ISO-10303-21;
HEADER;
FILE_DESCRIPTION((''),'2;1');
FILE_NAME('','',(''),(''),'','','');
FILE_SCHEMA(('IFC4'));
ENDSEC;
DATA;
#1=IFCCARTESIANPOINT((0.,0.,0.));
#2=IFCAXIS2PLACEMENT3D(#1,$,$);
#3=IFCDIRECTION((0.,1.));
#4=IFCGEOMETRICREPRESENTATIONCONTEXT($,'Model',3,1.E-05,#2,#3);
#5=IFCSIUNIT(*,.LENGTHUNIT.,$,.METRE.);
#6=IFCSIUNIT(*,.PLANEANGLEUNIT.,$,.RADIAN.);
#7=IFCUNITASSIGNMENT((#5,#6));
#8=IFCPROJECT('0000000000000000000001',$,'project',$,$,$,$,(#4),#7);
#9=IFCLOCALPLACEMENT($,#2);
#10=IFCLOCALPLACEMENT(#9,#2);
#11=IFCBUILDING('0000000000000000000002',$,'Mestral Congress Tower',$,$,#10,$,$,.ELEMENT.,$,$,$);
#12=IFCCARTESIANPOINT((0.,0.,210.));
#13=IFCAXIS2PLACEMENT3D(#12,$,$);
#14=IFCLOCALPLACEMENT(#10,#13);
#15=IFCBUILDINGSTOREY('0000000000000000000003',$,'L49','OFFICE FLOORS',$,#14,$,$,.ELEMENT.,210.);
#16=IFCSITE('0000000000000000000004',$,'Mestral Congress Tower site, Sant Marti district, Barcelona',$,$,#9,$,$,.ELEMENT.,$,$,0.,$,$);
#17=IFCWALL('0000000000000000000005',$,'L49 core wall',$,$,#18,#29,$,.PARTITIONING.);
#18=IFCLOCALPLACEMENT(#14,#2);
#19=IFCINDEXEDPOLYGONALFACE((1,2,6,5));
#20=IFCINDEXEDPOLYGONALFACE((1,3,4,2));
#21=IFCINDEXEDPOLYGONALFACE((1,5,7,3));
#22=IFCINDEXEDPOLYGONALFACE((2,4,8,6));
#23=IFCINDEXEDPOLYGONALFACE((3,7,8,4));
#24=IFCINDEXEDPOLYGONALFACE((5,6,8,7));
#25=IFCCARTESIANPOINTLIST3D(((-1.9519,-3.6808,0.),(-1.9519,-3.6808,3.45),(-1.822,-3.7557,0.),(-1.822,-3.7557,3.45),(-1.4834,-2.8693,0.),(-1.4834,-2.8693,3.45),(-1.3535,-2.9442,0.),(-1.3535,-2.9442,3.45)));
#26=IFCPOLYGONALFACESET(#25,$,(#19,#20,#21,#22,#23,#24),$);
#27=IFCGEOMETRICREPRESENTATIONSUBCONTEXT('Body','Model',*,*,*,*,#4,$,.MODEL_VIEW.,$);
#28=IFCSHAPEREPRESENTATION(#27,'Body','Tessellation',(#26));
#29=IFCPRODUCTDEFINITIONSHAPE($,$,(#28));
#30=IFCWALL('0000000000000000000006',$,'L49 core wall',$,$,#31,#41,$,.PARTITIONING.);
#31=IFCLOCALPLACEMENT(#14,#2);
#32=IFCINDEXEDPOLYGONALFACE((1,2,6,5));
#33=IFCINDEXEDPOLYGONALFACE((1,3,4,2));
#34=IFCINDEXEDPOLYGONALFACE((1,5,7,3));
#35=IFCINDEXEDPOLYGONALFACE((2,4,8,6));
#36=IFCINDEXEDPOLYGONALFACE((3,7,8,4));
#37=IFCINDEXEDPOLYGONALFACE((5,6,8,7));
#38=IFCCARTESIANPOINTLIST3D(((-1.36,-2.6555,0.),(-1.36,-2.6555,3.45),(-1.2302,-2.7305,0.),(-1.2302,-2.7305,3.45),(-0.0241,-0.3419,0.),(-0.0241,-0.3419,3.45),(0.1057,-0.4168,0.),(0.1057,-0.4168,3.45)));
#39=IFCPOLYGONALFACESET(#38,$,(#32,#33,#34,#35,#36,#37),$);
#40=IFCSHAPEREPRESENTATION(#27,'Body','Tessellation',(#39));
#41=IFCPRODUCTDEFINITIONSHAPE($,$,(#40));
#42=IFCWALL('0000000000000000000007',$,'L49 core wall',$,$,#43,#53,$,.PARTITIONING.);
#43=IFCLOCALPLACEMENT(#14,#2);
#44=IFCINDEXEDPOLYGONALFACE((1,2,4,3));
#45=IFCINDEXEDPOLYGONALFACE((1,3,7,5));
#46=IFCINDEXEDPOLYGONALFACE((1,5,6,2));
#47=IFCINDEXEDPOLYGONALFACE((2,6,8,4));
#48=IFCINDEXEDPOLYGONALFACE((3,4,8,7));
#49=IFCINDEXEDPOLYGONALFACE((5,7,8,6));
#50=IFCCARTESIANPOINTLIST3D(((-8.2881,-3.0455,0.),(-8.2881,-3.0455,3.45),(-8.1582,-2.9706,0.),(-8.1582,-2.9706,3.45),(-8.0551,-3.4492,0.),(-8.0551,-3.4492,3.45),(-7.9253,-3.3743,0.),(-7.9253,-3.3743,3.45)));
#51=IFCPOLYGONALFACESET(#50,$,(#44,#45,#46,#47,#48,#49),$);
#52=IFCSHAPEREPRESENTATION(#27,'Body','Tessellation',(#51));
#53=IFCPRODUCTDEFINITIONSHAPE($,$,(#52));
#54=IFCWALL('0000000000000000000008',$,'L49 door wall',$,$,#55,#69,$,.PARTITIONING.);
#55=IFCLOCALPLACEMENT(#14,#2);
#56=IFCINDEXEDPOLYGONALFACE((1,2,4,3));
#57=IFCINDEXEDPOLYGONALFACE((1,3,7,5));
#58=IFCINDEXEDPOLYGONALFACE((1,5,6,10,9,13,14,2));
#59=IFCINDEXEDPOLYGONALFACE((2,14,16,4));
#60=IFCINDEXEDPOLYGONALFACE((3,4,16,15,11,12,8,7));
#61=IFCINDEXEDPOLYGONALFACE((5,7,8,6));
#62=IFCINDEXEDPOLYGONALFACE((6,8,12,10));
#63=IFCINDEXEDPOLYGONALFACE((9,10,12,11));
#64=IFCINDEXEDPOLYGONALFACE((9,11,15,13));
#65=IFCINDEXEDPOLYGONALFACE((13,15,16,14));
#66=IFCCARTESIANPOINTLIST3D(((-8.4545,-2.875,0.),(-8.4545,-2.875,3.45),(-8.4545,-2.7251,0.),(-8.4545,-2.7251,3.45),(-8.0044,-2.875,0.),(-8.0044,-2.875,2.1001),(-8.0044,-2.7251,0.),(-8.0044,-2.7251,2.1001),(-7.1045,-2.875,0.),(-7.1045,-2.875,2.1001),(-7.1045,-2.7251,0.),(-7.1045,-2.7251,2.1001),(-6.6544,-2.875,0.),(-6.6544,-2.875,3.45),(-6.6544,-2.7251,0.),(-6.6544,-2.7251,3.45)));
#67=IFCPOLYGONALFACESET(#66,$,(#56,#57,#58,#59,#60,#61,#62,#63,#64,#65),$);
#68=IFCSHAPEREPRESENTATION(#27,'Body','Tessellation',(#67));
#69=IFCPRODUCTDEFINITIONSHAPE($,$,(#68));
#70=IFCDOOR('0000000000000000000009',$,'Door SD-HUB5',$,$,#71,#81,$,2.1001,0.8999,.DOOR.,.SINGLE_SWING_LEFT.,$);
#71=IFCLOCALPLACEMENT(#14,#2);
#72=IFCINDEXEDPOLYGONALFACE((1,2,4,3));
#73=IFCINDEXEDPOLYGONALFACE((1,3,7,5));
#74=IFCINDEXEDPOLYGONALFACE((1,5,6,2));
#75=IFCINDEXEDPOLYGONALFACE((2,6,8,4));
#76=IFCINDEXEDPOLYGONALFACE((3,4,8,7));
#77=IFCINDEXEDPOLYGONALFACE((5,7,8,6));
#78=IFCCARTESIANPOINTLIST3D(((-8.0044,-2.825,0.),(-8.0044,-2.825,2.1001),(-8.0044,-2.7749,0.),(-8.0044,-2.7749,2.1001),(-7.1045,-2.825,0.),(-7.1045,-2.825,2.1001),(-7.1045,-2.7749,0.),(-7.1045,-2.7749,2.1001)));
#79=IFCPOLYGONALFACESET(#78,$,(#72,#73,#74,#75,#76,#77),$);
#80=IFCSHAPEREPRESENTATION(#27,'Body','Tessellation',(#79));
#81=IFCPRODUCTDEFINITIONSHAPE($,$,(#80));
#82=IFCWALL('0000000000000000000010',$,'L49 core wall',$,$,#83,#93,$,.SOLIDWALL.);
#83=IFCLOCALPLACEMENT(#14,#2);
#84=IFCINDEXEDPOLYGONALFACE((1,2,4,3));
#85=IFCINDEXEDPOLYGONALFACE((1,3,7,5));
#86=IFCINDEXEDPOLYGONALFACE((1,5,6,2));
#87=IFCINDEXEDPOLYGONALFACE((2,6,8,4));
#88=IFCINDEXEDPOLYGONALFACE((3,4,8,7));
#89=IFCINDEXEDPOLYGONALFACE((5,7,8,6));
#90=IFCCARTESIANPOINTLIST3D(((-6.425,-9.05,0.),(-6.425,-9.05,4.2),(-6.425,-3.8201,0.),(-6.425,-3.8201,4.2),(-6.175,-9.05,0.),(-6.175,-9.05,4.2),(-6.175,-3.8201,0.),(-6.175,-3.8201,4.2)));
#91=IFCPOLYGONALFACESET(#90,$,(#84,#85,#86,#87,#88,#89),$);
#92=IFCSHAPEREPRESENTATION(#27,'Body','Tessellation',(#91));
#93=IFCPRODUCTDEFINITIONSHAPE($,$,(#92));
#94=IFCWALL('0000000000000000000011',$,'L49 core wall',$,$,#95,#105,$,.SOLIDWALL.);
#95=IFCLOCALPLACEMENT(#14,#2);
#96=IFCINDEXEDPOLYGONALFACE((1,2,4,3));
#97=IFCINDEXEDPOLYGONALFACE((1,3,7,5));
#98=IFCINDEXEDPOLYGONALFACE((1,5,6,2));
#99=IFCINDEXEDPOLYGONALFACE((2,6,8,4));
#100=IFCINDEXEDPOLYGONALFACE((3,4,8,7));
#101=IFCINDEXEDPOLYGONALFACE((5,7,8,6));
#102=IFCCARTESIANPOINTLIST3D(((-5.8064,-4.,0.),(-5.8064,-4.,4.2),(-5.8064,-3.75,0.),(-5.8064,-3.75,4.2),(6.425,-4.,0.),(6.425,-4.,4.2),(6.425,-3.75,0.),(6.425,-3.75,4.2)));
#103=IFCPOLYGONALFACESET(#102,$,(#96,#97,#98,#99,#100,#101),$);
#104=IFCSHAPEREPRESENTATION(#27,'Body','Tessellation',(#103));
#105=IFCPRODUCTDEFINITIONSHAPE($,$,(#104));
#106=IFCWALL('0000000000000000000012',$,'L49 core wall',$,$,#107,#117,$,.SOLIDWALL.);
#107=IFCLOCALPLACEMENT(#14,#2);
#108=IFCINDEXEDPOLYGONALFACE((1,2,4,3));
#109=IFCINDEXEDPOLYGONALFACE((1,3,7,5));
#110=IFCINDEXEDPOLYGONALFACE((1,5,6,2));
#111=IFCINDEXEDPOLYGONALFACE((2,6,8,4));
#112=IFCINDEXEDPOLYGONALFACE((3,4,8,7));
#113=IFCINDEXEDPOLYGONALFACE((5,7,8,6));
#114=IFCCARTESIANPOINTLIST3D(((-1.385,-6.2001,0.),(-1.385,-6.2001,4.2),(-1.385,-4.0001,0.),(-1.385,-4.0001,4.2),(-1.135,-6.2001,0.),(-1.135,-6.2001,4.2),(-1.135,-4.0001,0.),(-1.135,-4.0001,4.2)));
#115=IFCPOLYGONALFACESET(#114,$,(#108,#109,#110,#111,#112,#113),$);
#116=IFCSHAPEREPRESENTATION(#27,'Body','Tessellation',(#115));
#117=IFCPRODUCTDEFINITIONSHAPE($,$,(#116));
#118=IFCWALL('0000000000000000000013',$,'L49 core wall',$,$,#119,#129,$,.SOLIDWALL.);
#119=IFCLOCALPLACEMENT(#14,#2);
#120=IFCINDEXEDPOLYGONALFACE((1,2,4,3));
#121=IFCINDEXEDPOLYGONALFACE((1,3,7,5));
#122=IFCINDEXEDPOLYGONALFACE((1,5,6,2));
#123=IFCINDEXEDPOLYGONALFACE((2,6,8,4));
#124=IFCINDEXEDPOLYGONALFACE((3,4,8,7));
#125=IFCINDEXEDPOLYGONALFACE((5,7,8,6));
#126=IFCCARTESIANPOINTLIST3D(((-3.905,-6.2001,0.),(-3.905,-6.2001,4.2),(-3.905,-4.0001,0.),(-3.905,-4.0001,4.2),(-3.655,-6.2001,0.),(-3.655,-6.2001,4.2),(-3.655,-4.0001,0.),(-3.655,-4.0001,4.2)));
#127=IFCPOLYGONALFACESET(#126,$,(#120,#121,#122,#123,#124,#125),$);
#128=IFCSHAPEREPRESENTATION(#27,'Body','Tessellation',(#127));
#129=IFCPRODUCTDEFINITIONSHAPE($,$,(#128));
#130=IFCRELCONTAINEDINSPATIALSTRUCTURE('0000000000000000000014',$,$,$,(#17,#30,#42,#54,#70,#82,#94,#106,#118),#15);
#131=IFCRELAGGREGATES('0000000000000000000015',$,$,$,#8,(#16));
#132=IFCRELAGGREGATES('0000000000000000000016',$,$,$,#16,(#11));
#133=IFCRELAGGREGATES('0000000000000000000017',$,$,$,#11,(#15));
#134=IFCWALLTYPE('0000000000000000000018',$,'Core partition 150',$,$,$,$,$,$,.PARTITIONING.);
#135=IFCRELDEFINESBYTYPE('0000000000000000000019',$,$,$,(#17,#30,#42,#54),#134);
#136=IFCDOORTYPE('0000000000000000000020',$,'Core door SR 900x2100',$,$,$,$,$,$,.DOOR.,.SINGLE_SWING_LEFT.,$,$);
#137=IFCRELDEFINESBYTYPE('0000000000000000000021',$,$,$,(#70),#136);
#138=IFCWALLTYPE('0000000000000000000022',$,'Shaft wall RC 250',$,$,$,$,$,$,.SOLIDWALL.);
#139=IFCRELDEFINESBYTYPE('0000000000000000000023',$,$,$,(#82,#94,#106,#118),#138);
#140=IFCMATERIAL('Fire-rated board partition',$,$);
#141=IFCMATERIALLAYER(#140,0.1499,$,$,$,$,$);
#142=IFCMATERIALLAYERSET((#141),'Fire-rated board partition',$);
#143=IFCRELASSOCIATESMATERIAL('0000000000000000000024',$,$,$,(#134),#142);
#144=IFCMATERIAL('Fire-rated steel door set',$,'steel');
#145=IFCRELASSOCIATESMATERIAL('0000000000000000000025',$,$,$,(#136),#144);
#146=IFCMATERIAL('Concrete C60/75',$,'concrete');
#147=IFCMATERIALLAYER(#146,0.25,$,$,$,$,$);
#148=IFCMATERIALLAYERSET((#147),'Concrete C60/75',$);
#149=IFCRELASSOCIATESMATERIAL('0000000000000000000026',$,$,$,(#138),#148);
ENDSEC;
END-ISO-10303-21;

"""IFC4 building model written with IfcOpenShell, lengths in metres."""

from ifc_helpers import new_model, si_unit, direction, frame, frame_2d, origin, place, context, subcontext, project, spatial, rectangle, extrude, material, layer, layer_set, type_object, element, fill, save


model = new_model("IFC4")

# Units and contexts
model_context = context("Model", 3, precision=1e-05, world=origin(), true_north=direction((0.0, 1.0)))
body_context = subcontext(model_context, "Body", "Model", "MODEL_VIEW")
ifc_project = project(units=[si_unit("LENGTHUNIT", "METRE"), si_unit("PLANEANGLEUNIT", "RADIAN")], contexts=[model_context])

# Site, building, storey
site_placement = place(None, origin())
site = spatial("IfcSite", under=ifc_project, at=site_placement, Name="Mestral Congress Tower site, Sant Marti district, Barcelona", CompositionType="ELEMENT", RefElevation=0.0)
building_placement = place(site_placement, origin())
building = spatial("IfcBuilding", under=site, at=building_placement, Name="Mestral Congress Tower", CompositionType="ELEMENT")
storey_placement = place(building_placement, frame((0.0, 0.0, 210.0)))
storey = spatial("IfcBuildingStorey", under=building, at=storey_placement, Name="L49", Description="OFFICE FLOORS", CompositionType="ELEMENT", Elevation=210.0)

# Walls
ifc_material_1 = material(Name="Fire-rated board partition")
ifc_layer_1 = layer(ifc_material_1, 0.1499)
ifc_layer_set_1 = layer_set([ifc_layer_1], Name="Fire-rated board partition")
wall_type_1 = type_object("IfcWallType", Name="Core partition 150", PredefinedType="PARTITIONING", material=ifc_layer_set_1)
wall_1_placement = place(storey_placement, frame((-1.4185, -2.9067, 0.0), z_axis=(0.0, 0.0, 1.0), x_axis=(-0.499978, -0.866038, 0.0)))
element("IfcWall", 1, at=wall_1_placement, inside=storey, type_object=wall_type_1, Name="L49 core wall", PredefinedType="PARTITIONING", context=body_context, shape_type="SweptSolid", body=[
    extrude(rectangle(XDim=0.937, YDim=0.1499, at=frame_2d((0.4685, 0.0))), origin(), (0.0, 0.0, 1.0), 3.45),
])
wall_2_placement = place(storey_placement, frame((-1.2952, -2.6931, 0.0), z_axis=(0.0, 0.0, 1.0), x_axis=(0.500031, 0.866008, 0.0)))
element("IfcWall", 2, at=wall_2_placement, inside=storey, type_object=wall_type_1, Name="L49 core wall", PredefinedType="PARTITIONING", context=body_context, shape_type="SweptSolid", body=[
    extrude(rectangle(XDim=2.6716, YDim=0.1499, at=frame_2d((1.3359, 0.0))), origin(), (0.0, 0.0, 1.0), 3.45),
])
wall_3_placement = place(storey_placement, frame((-7.9902, -3.4116, 0.0), z_axis=(0.0, 0.0, 1.0), x_axis=(-0.499859, 0.866107, 0.0)))
element("IfcWall", 3, at=wall_3_placement, inside=storey, type_object=wall_type_1, Name="L49 core wall", PredefinedType="PARTITIONING", context=body_context, shape_type="SweptSolid", body=[
    extrude(rectangle(XDim=0.4661, YDim=0.1499, at=frame_2d((0.2329, 0.0))), origin(), (0.0, 0.0, 1.0), 3.45),
])

# Wall, opening, door
wall_4_placement = place(storey_placement, frame((-6.6545, -2.8, 0.0), z_axis=(0.0, 0.0, 1.0), x_axis=(-1.0, 0.0, 0.0)))
wall_4 = element("IfcWall", 4, at=wall_4_placement, inside=storey, type_object=wall_type_1, Name="L49 door wall", PredefinedType="PARTITIONING", context=body_context, shape_type="SweptSolid", body=[
    extrude(rectangle(XDim=1.8, YDim=0.1499, at=frame_2d((0.8999, 0.0))), origin(), (0.0, 0.0, 1.0), 3.45),
])
opening_1_placement = place(wall_4_placement, frame((0.45, 0.0, 0.0)))
opening_1 = element("IfcOpeningElement", 5, at=opening_1_placement, cuts=wall_4, PredefinedType="OPENING", context=body_context, shape_type="SweptSolid", body=[
    extrude(rectangle(XDim=0.8999, YDim=2.1001, at=frame_2d((0.45, 1.05))), frame((0.0, 0.085, 0.0), z_axis=(0.0, -1.0, 0.0), x_axis=(1.0, 0.0, 0.0)), (0.0, 0.0, 1.0), 0.1699),
])
ifc_material_2 = material(Name="Fire-rated steel door set", Category="steel")
door_type_1 = type_object("IfcDoorType", Name="Core door SR 900x2100", OperationType="SINGLE_SWING_LEFT", PredefinedType="DOOR", material=ifc_material_2)
door_1_placement = place(opening_1_placement, origin())
door_1 = element("IfcDoor", 6, at=door_1_placement, inside=storey, type_object=door_type_1, Name="Door SD-HUB5", OperationType="SINGLE_SWING_LEFT", OverallHeight=2.1001, OverallWidth=0.8999, PredefinedType="DOOR", context=body_context, shape_type="SweptSolid", body=[
    extrude(rectangle(XDim=0.8999, YDim=2.1001, at=frame_2d((0.45, 1.05))), frame((0.0, 0.0249, 0.0), z_axis=(0.0, -1.0, 0.0), x_axis=(1.0, 0.0, 0.0)), (0.0, 0.0, 1.0), 0.05),
])
fill(opening_1, door_1)

# Walls
ifc_material_3 = material(Name="Concrete C60/75", Category="concrete")
ifc_layer_2 = layer(ifc_material_3, 0.25)
ifc_layer_set_2 = layer_set([ifc_layer_2], Name="Concrete C60/75")
wall_type_2 = type_object("IfcWallType", Name="Shaft wall RC 250", PredefinedType="SOLIDWALL", material=ifc_layer_set_2)
wall_5_placement = place(storey_placement, frame((-6.3, -9.05, 0.0), z_axis=(0.0, 0.0, 1.0), x_axis=(0.0, 1.0, 0.0)))
element("IfcWall", 7, at=wall_5_placement, inside=storey, type_object=wall_type_2, Name="L49 core wall", PredefinedType="SOLIDWALL", context=body_context, shape_type="SweptSolid", body=[
    extrude(rectangle(XDim=5.23, YDim=0.25, at=frame_2d((2.615, 0.0))), origin(), (0.0, 0.0, 1.0), 4.2),
])
wall_6_placement = place(storey_placement, frame((-5.8064, -3.875, 0.0), z_axis=(0.0, 0.0, 1.0), x_axis=(1.0, 0.0, 0.0)))
element("IfcWall", 8, at=wall_6_placement, inside=storey, type_object=wall_type_2, Name="L49 core wall", PredefinedType="SOLIDWALL", context=body_context, shape_type="SweptSolid", body=[
    extrude(rectangle(XDim=12.2314, YDim=0.25, at=frame_2d((6.1157, 0.0))), origin(), (0.0, 0.0, 1.0), 4.2),
])
for number, where, z_axis, x_axis, name in (
    (9, (-1.26, -4.0, 0.0), (0.0, 0.0, 1.0), (0.0, -1.0, 0.0), "L49 core wall"),
    (10, (-3.78, -4.0, 0.0), (0.0, 0.0, 1.0), (0.0, -1.0, 0.0), "L49 core wall"),
):
    element("IfcWall", number, at=place(storey_placement, frame(where, z_axis=z_axis, x_axis=x_axis)), inside=storey, type_object=wall_type_2, Name=name, PredefinedType="SOLIDWALL", context=body_context, shape_type="SweptSolid", body=[
        extrude(rectangle(XDim=2.2, YDim=0.25, at=frame_2d((1.1001, 0.0))), origin(), (0.0, 0.0, 1.0), 4.2),
    ])

save(model, "model.ifc")
